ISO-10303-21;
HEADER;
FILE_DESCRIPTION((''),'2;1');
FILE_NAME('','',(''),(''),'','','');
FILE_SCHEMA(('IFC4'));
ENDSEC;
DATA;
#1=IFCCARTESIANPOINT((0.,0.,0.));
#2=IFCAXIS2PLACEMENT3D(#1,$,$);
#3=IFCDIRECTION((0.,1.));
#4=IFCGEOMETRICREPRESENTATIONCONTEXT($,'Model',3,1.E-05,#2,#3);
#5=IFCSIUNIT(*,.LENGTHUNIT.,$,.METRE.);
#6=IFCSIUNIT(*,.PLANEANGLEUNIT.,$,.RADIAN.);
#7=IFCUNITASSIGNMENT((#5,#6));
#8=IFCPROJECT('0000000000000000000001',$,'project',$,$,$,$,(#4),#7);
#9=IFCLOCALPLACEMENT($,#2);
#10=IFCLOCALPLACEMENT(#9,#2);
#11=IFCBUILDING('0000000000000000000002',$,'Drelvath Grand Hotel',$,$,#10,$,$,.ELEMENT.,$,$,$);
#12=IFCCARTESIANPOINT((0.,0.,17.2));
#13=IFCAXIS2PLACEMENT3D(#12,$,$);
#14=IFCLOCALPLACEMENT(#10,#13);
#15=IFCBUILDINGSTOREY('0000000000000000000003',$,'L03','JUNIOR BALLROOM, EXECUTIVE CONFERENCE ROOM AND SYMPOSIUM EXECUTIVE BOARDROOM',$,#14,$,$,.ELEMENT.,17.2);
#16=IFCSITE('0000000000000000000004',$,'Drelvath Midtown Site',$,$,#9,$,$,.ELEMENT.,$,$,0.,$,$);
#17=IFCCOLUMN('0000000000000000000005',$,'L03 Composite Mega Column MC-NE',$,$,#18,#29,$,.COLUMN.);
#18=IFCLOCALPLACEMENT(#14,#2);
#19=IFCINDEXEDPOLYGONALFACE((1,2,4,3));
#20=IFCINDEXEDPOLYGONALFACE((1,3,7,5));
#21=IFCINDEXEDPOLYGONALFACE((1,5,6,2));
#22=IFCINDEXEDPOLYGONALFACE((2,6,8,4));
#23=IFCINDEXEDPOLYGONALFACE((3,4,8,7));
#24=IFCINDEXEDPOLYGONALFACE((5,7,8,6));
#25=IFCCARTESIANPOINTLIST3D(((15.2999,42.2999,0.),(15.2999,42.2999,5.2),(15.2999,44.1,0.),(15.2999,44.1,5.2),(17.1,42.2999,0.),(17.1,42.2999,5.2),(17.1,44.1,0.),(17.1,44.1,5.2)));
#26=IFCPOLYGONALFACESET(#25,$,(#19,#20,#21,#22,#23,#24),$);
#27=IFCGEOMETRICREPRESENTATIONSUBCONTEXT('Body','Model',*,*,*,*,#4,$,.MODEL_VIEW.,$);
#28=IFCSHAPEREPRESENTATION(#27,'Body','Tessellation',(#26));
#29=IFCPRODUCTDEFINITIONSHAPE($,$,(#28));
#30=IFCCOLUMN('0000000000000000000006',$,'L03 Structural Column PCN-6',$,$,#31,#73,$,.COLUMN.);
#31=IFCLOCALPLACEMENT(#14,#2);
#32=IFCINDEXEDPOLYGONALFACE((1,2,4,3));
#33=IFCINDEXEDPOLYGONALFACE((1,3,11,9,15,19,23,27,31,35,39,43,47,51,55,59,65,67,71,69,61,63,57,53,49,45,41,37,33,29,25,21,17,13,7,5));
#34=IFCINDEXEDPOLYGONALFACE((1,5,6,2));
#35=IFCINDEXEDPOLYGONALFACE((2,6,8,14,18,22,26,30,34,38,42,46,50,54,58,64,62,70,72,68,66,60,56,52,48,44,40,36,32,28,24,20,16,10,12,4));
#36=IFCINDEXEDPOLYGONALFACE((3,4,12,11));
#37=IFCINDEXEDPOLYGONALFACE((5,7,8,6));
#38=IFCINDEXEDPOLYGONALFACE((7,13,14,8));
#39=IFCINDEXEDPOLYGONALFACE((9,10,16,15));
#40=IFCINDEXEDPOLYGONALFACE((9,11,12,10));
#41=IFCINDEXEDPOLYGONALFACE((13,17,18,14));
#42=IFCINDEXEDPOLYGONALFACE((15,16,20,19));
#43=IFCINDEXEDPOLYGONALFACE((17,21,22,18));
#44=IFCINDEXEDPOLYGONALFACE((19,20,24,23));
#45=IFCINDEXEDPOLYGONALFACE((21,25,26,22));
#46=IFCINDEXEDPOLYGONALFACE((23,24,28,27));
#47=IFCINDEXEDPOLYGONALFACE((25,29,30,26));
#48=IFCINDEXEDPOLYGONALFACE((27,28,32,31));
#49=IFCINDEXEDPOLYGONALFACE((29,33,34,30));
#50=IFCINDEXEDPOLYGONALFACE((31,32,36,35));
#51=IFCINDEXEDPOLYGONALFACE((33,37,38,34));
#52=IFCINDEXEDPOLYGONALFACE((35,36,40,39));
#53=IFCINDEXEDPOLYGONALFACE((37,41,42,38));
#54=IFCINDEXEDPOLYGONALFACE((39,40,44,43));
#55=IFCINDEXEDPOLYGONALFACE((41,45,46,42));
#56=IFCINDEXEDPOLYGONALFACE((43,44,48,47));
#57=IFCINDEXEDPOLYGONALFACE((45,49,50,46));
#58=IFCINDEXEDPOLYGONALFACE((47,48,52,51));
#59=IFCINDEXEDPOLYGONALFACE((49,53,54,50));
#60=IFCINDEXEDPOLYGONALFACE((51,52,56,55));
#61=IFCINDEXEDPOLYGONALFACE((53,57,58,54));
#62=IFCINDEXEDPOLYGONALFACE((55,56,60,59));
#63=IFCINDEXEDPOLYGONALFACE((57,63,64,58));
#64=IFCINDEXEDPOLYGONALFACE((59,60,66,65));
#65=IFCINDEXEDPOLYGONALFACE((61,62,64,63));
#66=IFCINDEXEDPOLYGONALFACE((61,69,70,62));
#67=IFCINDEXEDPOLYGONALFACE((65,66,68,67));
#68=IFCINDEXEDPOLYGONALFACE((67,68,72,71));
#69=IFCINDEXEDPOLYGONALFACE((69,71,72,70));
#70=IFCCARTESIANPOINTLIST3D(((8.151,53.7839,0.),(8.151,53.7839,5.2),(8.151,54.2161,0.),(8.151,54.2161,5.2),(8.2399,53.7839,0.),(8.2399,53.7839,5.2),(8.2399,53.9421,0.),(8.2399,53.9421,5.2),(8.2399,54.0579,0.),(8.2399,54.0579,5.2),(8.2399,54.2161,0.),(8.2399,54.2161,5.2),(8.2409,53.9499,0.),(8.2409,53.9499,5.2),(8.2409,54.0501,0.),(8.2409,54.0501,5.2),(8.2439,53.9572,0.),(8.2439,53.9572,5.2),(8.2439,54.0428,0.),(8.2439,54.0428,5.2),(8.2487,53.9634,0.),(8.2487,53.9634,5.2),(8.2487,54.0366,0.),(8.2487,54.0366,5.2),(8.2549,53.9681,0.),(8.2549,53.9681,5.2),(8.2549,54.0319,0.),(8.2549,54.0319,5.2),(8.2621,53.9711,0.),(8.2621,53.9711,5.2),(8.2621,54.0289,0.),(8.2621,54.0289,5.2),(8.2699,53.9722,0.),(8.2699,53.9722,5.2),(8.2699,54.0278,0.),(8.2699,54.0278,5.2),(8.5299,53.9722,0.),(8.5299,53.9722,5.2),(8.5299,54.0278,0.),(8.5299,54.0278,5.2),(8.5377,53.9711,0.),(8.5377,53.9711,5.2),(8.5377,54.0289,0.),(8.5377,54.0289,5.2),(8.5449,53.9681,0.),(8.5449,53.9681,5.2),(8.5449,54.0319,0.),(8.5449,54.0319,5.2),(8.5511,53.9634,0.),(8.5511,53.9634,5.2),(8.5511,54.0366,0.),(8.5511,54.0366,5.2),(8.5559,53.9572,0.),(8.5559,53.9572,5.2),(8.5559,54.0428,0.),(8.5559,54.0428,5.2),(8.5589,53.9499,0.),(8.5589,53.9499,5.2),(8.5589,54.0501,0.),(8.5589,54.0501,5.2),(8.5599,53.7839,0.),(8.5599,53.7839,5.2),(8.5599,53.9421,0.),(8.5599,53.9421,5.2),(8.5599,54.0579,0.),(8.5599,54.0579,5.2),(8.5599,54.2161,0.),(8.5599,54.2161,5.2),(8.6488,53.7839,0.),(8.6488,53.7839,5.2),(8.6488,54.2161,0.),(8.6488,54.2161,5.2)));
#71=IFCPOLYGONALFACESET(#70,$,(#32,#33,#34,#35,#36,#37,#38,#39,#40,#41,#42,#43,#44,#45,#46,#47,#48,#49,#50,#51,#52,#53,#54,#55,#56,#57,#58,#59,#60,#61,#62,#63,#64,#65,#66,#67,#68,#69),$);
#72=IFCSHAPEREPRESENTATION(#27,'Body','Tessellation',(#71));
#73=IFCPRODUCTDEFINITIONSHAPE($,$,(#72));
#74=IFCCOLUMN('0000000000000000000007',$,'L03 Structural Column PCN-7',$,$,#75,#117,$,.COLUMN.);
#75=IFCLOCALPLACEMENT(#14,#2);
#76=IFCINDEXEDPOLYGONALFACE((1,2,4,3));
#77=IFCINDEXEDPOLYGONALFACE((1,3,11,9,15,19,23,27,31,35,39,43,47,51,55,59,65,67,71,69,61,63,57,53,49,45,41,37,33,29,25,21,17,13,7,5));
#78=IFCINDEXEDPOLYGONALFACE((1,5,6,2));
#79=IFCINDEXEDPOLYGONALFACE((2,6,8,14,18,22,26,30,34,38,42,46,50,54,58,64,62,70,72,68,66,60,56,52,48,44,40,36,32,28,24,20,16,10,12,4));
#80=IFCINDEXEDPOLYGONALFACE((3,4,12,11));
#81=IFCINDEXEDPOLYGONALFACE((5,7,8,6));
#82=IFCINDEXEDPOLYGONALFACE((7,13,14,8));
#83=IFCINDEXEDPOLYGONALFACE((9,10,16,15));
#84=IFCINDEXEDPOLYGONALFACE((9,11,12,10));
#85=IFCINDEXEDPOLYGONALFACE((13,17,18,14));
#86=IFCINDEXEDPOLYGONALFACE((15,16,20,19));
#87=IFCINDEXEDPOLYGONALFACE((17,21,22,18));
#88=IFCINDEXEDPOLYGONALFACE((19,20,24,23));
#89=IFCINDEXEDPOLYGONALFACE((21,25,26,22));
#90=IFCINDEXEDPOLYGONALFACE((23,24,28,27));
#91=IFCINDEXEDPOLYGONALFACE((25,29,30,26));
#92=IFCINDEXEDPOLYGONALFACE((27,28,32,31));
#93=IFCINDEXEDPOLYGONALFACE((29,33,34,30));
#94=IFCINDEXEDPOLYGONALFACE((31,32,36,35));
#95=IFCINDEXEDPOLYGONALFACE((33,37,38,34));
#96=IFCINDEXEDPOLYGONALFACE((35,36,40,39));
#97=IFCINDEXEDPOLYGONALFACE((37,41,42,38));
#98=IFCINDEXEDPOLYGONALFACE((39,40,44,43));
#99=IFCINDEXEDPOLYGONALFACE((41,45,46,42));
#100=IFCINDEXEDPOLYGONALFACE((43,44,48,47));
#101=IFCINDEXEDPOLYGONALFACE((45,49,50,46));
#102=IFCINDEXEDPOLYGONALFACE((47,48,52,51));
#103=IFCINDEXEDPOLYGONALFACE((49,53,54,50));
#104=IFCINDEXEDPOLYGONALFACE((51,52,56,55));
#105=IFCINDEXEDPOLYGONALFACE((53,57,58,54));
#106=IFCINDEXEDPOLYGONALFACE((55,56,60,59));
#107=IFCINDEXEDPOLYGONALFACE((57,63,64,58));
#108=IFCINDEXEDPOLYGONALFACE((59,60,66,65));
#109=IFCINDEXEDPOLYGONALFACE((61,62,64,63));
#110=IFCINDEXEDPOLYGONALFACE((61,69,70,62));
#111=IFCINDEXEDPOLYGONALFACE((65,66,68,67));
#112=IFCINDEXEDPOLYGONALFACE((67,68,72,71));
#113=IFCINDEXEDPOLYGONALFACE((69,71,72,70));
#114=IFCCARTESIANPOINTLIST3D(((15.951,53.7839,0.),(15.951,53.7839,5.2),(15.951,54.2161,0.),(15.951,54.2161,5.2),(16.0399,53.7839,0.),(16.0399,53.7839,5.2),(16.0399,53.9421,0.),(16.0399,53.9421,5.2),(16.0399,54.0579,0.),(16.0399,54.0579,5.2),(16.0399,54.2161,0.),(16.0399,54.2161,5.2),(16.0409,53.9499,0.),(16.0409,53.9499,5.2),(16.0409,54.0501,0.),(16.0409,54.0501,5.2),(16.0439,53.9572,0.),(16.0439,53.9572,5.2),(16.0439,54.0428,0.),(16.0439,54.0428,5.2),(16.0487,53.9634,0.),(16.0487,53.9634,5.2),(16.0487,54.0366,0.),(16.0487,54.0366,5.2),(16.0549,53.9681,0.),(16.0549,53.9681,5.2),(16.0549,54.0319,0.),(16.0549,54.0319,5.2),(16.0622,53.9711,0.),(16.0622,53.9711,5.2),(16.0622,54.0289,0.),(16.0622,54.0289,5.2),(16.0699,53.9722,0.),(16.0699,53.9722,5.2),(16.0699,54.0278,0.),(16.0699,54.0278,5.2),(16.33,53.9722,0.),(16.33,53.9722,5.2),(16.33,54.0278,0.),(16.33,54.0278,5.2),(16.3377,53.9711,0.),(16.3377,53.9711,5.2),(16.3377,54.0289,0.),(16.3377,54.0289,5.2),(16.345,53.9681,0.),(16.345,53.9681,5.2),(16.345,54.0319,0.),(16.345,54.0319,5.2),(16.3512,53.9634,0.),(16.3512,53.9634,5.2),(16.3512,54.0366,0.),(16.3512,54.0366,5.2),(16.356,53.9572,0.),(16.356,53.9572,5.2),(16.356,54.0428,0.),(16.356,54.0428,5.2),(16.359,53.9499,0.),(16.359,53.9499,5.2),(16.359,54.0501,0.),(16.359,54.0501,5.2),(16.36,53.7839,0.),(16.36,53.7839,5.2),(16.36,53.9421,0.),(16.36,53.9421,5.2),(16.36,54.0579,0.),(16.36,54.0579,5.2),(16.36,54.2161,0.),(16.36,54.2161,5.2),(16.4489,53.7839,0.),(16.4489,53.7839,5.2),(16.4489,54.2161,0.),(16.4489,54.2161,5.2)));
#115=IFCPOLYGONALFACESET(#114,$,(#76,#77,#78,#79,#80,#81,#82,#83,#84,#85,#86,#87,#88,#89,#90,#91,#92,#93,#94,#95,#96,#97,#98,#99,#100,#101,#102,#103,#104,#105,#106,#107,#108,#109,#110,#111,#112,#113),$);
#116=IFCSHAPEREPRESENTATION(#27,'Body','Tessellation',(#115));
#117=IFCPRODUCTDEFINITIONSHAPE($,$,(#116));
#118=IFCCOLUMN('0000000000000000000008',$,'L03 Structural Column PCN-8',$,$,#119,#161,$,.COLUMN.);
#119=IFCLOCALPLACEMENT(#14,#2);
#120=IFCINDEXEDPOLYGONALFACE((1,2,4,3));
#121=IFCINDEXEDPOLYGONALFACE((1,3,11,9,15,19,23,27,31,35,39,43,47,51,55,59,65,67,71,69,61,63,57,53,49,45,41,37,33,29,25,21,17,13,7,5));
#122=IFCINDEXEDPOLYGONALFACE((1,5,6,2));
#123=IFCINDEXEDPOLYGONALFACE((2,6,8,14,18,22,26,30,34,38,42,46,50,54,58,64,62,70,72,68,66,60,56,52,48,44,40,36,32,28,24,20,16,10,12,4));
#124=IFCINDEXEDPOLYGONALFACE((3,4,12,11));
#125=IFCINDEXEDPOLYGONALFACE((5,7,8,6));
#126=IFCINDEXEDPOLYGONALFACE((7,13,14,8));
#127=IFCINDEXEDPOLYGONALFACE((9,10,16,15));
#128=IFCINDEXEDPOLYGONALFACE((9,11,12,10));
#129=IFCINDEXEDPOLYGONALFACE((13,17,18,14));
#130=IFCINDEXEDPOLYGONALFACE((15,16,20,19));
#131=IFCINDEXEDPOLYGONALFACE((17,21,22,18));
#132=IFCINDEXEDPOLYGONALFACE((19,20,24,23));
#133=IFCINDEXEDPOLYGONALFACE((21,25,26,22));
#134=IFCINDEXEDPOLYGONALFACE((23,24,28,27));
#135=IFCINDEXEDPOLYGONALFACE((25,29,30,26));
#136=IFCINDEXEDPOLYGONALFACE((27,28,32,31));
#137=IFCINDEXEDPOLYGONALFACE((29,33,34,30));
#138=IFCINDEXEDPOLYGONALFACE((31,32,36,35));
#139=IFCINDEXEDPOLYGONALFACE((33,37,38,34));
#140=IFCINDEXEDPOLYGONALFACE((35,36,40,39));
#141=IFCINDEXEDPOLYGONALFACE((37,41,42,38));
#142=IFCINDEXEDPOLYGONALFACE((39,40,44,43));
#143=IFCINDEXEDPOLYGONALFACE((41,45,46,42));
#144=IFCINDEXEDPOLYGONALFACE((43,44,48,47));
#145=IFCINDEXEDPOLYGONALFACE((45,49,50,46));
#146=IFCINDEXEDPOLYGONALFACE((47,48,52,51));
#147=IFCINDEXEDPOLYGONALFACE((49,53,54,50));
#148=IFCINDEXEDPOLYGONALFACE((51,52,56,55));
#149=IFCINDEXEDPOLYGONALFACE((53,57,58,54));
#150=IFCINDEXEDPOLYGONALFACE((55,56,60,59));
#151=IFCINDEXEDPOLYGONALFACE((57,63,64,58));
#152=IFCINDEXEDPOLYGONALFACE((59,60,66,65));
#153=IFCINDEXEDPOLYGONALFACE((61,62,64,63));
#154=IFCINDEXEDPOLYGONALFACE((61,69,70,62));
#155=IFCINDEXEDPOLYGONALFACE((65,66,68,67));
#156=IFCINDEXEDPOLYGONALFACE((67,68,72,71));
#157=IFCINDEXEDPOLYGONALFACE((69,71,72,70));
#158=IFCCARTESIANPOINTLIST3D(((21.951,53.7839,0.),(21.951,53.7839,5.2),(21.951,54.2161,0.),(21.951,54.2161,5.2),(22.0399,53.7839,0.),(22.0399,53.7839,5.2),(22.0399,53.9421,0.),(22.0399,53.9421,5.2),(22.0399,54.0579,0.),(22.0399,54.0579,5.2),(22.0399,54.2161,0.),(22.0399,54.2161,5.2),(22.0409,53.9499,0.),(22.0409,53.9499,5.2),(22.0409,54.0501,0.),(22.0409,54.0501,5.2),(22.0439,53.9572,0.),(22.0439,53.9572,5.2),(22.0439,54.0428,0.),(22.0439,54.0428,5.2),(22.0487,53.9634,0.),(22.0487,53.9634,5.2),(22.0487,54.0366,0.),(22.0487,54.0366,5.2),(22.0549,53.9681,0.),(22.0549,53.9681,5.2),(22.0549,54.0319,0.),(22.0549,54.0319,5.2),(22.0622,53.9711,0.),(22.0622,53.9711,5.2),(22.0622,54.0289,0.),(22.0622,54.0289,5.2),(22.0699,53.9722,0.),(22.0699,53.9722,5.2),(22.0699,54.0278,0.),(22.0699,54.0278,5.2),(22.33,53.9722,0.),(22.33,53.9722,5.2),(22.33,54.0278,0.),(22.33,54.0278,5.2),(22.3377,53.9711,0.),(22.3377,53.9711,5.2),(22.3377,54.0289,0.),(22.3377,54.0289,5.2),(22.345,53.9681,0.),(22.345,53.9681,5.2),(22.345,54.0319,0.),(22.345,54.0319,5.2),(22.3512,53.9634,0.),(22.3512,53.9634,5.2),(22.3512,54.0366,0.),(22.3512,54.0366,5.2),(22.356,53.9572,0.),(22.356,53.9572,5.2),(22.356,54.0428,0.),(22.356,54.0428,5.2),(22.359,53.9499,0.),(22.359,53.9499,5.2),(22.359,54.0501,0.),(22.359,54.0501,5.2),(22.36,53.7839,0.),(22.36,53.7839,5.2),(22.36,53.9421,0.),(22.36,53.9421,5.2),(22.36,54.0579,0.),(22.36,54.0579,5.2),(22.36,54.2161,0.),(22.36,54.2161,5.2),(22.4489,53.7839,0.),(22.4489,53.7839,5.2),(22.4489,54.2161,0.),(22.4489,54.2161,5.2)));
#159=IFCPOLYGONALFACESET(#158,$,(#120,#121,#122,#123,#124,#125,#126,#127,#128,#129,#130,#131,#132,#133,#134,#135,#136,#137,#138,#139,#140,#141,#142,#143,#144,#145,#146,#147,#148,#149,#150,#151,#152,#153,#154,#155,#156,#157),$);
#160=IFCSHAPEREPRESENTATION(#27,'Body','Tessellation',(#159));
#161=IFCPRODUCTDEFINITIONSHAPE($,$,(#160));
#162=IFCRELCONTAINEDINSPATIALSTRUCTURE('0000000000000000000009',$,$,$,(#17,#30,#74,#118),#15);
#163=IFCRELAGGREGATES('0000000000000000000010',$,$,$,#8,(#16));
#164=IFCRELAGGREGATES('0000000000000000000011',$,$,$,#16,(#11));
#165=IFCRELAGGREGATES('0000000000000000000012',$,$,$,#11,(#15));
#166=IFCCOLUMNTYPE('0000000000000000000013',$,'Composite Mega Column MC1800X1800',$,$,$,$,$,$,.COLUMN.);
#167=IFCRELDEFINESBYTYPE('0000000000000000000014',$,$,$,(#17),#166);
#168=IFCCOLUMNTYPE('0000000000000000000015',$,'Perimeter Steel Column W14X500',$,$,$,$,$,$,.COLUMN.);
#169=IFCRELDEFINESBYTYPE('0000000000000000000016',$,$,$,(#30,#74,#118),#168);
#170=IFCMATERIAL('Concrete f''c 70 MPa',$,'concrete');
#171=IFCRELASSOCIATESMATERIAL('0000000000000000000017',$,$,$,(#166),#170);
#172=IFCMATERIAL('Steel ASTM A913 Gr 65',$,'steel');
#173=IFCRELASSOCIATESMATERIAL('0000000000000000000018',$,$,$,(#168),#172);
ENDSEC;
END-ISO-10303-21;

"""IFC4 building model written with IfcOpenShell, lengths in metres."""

from ifc_helpers import new_model, si_unit, direction, frame, origin, origin_2d, place, context, subcontext, project, spatial, rectangle, i_section, extrude, material, material_profile, profile_set, type_object, element, save


model = new_model("IFC4")

# Units and contexts
model_context = context("Model", 3, precision=1e-05, world=origin(), true_north=direction((0.0, 1.0)))
body_context = subcontext(model_context, "Body", "Model", "MODEL_VIEW")
ifc_project = project(units=[si_unit("LENGTHUNIT", "METRE"), si_unit("PLANEANGLEUNIT", "RADIAN")], contexts=[model_context])

# Site, building, storey
site_placement = place(None, origin())
site = spatial("IfcSite", under=ifc_project, at=site_placement, Name="Drelvath Midtown Site", CompositionType="ELEMENT", RefElevation=0.0)
building_placement = place(site_placement, origin())
building = spatial("IfcBuilding", under=site, at=building_placement, Name="Drelvath Grand Hotel", CompositionType="ELEMENT")
storey_placement = place(building_placement, frame((0.0, 0.0, 17.2)))
storey = spatial("IfcBuildingStorey", under=building, at=storey_placement, Name="L03", Description="JUNIOR BALLROOM, EXECUTIVE CONFERENCE ROOM AND SYMPOSIUM EXECUTIVE BOARDROOM", CompositionType="ELEMENT", Elevation=17.2)

# Columns
ifc_material_1 = material(Name="Concrete f'c 70 MPa", Category="concrete")
ifc_material_profile_1 = material_profile(ifc_material_1, rectangle(XDim=1.8, YDim=1.8, at=origin_2d()), Name="MC1800X1800")
ifc_profile_set_1 = profile_set([ifc_material_profile_1], Name="Concrete f'c 70 MPa")
column_type_1 = type_object("IfcColumnType", Name="Composite Mega Column MC1800X1800", PredefinedType="COLUMN", material=ifc_profile_set_1)
column_placement = place(storey_placement, frame((16.2, 43.2, 0.0), z_axis=(0.0, 0.0, 1.0), x_axis=(1.0, 0.0, 0.0)))
element("IfcColumn", 1, at=column_placement, inside=storey, type_object=column_type_1, Name="L03 Composite Mega Column MC-NE", PredefinedType="COLUMN", context=body_context, shape_type="SweptSolid", body=[
    extrude(rectangle(XDim=1.8, YDim=1.8, at=origin_2d()), origin(), (0.0, 0.0, 1.0), 5.2),
])
ifc_material_2 = material(Name="Steel ASTM A913 Gr 65", Category="steel")
ifc_material_profile_2 = material_profile(ifc_material_2, i_section(OverallWidth=0.4321, OverallDepth=0.4978, WebThickness=0.0557, FlangeThickness=0.0889, FilletRadius=0.03, at=origin_2d()), Name="W14X500")
ifc_profile_set_2 = profile_set([ifc_material_profile_2], Name="Steel ASTM A913 Gr 65")
column_type_2 = type_object("IfcColumnType", Name="Perimeter Steel Column W14X500", PredefinedType="COLUMN", material=ifc_profile_set_2)
for number, where, z_axis, x_axis, name in (
    (2, (8.3999, 54.0, 0.0), (0.0, 0.0, 1.0), (0.0, 1.0, 0.0), "L03 Structural Column PCN-6"),
    (3, (16.2, 54.0, 0.0), (0.0, 0.0, 1.0), (0.0, 1.0, 0.0), "L03 Structural Column PCN-7"),
    (4, (22.2, 54.0, 0.0), (0.0, 0.0, 1.0), (0.0, 1.0, 0.0), "L03 Structural Column PCN-8"),
):
    element("IfcColumn", number, at=place(storey_placement, frame(where, z_axis=z_axis, x_axis=x_axis)), inside=storey, type_object=column_type_2, Name=name, PredefinedType="COLUMN", context=body_context, shape_type="SweptSolid", body=[
        extrude(i_section(OverallWidth=0.4321, OverallDepth=0.4978, WebThickness=0.0557, FlangeThickness=0.0889, FilletRadius=0.03, at=origin_2d()), origin(), (0.0, 0.0, 1.0), 5.2),
    ])

save(model, "model.ifc")
